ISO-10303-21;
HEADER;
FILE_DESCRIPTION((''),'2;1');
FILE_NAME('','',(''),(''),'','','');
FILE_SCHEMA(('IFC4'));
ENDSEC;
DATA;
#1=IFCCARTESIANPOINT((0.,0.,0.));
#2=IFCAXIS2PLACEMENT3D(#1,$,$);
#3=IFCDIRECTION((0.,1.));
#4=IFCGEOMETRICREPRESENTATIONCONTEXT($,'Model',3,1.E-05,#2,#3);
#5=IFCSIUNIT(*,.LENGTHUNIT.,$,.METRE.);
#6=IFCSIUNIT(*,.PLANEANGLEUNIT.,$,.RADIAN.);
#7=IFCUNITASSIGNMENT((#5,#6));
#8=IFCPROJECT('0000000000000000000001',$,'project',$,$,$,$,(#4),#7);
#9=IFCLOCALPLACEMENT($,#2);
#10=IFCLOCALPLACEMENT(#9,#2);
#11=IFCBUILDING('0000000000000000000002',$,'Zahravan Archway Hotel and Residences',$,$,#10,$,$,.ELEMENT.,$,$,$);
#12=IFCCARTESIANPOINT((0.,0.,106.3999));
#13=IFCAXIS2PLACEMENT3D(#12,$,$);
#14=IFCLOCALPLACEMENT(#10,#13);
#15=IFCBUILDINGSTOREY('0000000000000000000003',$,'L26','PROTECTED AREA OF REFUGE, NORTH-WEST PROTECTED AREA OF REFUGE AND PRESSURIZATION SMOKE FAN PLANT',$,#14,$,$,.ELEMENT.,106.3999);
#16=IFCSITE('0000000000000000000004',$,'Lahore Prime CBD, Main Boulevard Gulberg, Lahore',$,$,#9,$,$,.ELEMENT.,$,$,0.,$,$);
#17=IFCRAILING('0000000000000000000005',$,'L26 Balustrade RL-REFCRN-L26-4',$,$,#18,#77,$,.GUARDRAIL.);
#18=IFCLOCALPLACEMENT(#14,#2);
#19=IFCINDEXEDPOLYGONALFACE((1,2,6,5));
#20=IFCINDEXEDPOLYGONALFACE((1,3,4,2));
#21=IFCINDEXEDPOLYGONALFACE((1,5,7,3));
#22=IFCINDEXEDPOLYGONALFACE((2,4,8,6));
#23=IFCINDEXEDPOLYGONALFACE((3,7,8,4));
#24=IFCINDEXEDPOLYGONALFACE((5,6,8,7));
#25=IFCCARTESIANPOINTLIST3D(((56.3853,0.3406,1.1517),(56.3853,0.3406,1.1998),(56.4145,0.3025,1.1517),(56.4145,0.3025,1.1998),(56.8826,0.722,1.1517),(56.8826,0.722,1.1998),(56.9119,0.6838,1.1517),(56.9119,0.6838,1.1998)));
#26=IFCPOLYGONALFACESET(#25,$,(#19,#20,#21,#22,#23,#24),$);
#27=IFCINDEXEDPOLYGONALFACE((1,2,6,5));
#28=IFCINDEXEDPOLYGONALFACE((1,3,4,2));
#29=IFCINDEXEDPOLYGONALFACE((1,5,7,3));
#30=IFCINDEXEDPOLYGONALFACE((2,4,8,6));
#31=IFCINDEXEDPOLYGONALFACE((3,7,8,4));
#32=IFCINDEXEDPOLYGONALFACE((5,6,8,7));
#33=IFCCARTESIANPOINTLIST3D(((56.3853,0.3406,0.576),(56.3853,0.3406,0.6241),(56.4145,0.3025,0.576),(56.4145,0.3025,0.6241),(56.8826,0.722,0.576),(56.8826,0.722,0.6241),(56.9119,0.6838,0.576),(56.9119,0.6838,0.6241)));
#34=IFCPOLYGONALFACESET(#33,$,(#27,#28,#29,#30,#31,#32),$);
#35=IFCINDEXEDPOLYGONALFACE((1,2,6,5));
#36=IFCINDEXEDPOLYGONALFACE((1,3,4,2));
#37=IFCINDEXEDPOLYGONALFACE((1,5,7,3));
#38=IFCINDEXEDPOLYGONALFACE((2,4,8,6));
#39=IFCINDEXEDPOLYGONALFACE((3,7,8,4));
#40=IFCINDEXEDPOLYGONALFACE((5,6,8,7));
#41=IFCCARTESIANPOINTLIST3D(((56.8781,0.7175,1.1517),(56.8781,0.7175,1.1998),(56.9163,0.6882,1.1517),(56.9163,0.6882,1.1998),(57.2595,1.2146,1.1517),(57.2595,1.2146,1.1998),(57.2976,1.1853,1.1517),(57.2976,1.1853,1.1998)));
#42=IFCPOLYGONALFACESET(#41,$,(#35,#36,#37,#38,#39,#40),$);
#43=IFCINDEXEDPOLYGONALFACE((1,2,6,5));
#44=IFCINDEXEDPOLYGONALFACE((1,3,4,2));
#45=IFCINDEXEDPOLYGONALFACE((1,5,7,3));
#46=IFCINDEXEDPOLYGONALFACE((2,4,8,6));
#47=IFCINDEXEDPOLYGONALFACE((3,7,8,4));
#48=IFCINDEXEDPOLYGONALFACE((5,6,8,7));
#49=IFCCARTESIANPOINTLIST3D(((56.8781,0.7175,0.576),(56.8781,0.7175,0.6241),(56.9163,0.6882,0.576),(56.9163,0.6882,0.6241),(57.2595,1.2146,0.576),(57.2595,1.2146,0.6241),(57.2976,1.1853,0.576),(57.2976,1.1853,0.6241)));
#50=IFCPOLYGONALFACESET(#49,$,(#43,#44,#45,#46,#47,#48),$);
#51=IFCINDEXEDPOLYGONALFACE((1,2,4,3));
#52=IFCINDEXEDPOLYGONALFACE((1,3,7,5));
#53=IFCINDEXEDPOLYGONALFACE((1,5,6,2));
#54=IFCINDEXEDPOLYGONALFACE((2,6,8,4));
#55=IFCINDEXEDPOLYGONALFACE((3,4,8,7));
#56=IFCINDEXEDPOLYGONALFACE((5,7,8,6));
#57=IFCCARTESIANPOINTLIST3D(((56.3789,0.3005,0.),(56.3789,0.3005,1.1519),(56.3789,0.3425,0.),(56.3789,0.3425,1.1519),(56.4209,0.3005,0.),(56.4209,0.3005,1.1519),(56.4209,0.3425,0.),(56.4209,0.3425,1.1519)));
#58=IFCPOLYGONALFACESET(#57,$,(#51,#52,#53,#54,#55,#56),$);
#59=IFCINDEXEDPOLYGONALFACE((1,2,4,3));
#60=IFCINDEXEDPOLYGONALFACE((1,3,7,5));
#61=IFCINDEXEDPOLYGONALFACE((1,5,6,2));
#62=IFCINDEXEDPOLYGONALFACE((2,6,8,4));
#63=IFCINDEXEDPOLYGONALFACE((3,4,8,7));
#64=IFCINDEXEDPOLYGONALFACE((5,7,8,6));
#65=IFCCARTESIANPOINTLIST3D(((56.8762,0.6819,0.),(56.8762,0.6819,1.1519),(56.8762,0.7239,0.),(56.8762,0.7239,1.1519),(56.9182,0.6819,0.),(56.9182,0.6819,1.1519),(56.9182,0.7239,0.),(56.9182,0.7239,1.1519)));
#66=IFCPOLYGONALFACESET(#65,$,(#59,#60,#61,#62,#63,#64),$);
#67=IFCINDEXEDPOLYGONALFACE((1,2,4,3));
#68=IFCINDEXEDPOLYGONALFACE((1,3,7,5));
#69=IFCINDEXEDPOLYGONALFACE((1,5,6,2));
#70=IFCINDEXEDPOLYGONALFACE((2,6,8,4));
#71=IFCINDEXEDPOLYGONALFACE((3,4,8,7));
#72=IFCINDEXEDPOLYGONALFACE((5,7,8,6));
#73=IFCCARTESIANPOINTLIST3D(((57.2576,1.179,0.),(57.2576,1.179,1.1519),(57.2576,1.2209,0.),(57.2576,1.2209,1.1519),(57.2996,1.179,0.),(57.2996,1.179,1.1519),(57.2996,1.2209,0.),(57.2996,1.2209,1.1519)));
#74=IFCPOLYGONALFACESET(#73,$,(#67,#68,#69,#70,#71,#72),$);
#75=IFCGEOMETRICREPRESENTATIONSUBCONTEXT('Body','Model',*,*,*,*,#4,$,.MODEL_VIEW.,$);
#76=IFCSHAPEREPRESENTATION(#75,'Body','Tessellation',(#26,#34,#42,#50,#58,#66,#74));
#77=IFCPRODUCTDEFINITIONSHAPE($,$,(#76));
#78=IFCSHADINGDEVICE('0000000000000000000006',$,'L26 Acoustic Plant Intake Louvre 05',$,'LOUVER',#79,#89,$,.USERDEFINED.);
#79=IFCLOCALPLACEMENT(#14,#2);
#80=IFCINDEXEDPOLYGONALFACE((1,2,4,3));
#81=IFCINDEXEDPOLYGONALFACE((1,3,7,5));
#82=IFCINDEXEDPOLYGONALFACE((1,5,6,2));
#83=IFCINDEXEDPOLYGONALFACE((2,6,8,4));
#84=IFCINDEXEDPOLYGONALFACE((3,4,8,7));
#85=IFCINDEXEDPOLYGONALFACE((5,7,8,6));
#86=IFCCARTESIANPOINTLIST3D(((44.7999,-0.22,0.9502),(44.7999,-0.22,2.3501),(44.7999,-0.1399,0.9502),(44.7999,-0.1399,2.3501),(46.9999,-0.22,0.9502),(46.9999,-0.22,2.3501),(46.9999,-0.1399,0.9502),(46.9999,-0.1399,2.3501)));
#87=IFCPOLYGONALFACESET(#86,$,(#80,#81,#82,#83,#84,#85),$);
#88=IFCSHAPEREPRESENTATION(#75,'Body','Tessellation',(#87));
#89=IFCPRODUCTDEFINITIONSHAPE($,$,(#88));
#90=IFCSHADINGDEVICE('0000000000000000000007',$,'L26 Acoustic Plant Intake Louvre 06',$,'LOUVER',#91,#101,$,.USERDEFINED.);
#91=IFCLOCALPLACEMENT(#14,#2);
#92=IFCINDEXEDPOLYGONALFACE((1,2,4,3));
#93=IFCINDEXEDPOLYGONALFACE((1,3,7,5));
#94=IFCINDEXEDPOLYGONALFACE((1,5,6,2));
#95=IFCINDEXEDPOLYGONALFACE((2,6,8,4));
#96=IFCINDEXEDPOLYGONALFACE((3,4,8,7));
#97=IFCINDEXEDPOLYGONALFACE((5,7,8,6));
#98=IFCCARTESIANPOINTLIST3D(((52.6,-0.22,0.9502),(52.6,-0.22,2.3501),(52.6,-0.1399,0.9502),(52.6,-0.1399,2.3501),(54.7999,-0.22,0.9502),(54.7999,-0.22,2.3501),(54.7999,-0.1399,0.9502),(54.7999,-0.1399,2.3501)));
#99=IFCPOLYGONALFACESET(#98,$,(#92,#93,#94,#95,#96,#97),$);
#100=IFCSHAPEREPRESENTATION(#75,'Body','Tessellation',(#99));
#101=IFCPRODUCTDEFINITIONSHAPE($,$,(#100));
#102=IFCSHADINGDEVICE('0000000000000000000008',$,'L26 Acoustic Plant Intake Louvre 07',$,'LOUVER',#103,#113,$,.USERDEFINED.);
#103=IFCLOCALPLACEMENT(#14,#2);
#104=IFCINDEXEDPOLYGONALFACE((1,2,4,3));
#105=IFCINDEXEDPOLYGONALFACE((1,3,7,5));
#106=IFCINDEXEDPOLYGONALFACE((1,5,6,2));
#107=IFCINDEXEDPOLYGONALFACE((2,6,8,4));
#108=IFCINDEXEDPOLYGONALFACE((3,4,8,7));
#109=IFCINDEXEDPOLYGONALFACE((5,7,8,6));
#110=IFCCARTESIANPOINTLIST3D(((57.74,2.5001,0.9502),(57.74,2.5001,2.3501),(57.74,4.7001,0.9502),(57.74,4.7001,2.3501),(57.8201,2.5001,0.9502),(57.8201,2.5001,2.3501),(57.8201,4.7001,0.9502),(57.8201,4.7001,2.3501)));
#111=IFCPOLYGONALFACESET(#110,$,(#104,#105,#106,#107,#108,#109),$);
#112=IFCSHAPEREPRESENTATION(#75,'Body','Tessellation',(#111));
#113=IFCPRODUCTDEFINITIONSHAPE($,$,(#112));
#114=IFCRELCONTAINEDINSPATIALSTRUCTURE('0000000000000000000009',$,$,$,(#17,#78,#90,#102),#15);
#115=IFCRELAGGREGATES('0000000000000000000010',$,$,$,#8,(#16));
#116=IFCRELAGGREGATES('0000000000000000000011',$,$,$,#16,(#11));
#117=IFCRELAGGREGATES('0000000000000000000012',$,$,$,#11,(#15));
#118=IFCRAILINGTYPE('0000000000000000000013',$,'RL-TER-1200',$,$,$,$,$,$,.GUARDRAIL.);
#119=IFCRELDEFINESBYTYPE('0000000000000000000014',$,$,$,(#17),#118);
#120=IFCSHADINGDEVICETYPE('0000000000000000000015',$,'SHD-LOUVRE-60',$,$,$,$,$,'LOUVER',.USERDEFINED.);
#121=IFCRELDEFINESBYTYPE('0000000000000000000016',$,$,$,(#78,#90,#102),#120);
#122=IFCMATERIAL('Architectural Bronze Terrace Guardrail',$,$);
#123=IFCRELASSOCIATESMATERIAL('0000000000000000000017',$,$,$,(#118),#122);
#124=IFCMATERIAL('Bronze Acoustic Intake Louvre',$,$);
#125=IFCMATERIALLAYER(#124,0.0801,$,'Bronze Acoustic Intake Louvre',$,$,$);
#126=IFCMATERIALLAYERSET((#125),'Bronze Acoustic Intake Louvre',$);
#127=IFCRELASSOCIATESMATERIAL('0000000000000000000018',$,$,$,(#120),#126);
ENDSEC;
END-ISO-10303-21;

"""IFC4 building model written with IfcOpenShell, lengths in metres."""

from ifc_helpers import new_model, si_unit, direction, frame, origin, origin_2d, place, context, subcontext, project, spatial, rectangle, extrude, source, transform, mapped, material, layer, layer_set, type_object, type_shapes, element, save


model = new_model("IFC4")

# Units and contexts
model_context = context("Model", 3, precision=1e-05, world=origin(), true_north=direction((0.0, 1.0)))
body_context = subcontext(model_context, "Body", "Model", "MODEL_VIEW")
ifc_project = project(units=[si_unit("LENGTHUNIT", "METRE"), si_unit("PLANEANGLEUNIT", "RADIAN")], contexts=[model_context])

# Site, building, storey
site_placement = place(None, origin())
site = spatial("IfcSite", under=ifc_project, at=site_placement, Name="Lahore Prime CBD, Main Boulevard Gulberg, Lahore", CompositionType="ELEMENT", RefElevation=0.0)
building_placement = place(site_placement, origin())
building = spatial("IfcBuilding", under=site, at=building_placement, Name="Zahravan Archway Hotel and Residences", CompositionType="ELEMENT")
storey_placement = place(building_placement, frame((0.0, 0.0, 106.3999)))
storey = spatial("IfcBuildingStorey", under=building, at=storey_placement, Name="L26", Description="PROTECTED AREA OF REFUGE, NORTH-WEST PROTECTED AREA OF REFUGE AND PRESSURIZATION SMOKE FAN PLANT", CompositionType="ELEMENT", Elevation=106.3999)

# Railing
ifc_material_1 = material(Name="Architectural Bronze Terrace Guardrail")
railing_type_1 = type_object("IfcRailingType", Name="RL-TER-1200", PredefinedType="GUARDRAIL", material=ifc_material_1)
railing_1_placement = place(storey_placement, frame((56.3999, 0.3215, 0.0)))
element("IfcRailing", 1, at=railing_1_placement, inside=storey, type_object=railing_type_1, Name="L26 Balustrade RL-REFCRN-L26-4", PredefinedType="GUARDRAIL", context=body_context, shape_type="SweptSolid", body=[
    extrude(rectangle(XDim=0.0481, YDim=0.0481, at=origin_2d()), frame((0.0, 0.0, 1.1758), z_axis=(0.79355, 0.608505, 0.0), x_axis=(-0.608505, 0.79355, 0.0)), (0.0, 0.0, 1.0), 0.6267),
    extrude(rectangle(XDim=0.0481, YDim=0.0481, at=origin_2d()), frame((0.0, 0.0, 0.6001), z_axis=(0.79355, 0.608505, 0.0), x_axis=(-0.608505, 0.79355, 0.0)), (0.0, 0.0, 1.0), 0.6267),
    extrude(rectangle(XDim=0.0481, YDim=0.0481, at=origin_2d()), frame((0.4973, 0.3813, 1.1758), z_axis=(0.608693, 0.793406, 0.0), x_axis=(-0.793406, 0.608693, 0.0)), (0.0, 0.0, 1.0), 0.6265),
    extrude(rectangle(XDim=0.0481, YDim=0.0481, at=origin_2d()), frame((0.4973, 0.3813, 0.6001), z_axis=(0.608693, 0.793406, 0.0), x_axis=(-0.793406, 0.608693, 0.0)), (0.0, 0.0, 1.0), 0.6265),
    extrude(rectangle(XDim=0.042, YDim=0.042, at=origin_2d()), origin(), (0.0, 0.0, 1.0), 1.1519),
    extrude(rectangle(XDim=0.042, YDim=0.042, at=origin_2d()), frame((0.4973, 0.3813, 0.0)), (0.0, 0.0, 1.0), 1.1519),
    extrude(rectangle(XDim=0.042, YDim=0.042, at=origin_2d()), frame((0.8787, 0.8784, 0.0)), (0.0, 0.0, 1.0), 1.1519),
])

# Shading devices
ifc_material_2 = material(Name="Bronze Acoustic Intake Louvre")
ifc_layer_1 = layer(ifc_material_2, 0.0801, Name="Bronze Acoustic Intake Louvre")
ifc_layer_set_1 = layer_set([ifc_layer_1], Name="Bronze Acoustic Intake Louvre")
shading_device_type = type_object("IfcShadingDeviceType", Name="SHD-LOUVRE-60", ElementType="LOUVER", PredefinedType="USERDEFINED", material=ifc_layer_set_1)
shared_shape_1 = source(origin(), body_context, "Body", "SweptSolid", [
    extrude(rectangle(XDim=2.2, YDim=0.0801, at=origin_2d()), origin(), (0.0, 0.0, 1.0), 1.3999),
])
type_shapes(shading_device_type, [shared_shape_1])
for number, where, z_axis, x_axis, name in (
    (2, (45.8999, -0.1799, 0.9502), (0.0, 0.0, 1.0), (1.0, 0.0, 0.0), "L26 Acoustic Plant Intake Louvre 05"),
    (3, (53.7, -0.1799, 0.9502), (0.0, 0.0, 1.0), (1.0, 0.0, 0.0), "L26 Acoustic Plant Intake Louvre 06"),
    (4, (57.78, 3.6001, 0.9502), (0.0, 0.0, 1.0), (0.0, 1.0, 0.0), "L26 Acoustic Plant Intake Louvre 07"),
):
    element("IfcShadingDevice", number, at=place(storey_placement, frame(where, z_axis=z_axis, x_axis=x_axis)), inside=storey, type_object=shading_device_type, Name=name, ObjectType="LOUVER", PredefinedType="USERDEFINED", context=body_context, shape_type="MappedRepresentation", body=[
        mapped(shared_shape_1, transform((0.0, 0.0, 0.0), scale=1.0)),
    ])

save(model, "model.ifc")
